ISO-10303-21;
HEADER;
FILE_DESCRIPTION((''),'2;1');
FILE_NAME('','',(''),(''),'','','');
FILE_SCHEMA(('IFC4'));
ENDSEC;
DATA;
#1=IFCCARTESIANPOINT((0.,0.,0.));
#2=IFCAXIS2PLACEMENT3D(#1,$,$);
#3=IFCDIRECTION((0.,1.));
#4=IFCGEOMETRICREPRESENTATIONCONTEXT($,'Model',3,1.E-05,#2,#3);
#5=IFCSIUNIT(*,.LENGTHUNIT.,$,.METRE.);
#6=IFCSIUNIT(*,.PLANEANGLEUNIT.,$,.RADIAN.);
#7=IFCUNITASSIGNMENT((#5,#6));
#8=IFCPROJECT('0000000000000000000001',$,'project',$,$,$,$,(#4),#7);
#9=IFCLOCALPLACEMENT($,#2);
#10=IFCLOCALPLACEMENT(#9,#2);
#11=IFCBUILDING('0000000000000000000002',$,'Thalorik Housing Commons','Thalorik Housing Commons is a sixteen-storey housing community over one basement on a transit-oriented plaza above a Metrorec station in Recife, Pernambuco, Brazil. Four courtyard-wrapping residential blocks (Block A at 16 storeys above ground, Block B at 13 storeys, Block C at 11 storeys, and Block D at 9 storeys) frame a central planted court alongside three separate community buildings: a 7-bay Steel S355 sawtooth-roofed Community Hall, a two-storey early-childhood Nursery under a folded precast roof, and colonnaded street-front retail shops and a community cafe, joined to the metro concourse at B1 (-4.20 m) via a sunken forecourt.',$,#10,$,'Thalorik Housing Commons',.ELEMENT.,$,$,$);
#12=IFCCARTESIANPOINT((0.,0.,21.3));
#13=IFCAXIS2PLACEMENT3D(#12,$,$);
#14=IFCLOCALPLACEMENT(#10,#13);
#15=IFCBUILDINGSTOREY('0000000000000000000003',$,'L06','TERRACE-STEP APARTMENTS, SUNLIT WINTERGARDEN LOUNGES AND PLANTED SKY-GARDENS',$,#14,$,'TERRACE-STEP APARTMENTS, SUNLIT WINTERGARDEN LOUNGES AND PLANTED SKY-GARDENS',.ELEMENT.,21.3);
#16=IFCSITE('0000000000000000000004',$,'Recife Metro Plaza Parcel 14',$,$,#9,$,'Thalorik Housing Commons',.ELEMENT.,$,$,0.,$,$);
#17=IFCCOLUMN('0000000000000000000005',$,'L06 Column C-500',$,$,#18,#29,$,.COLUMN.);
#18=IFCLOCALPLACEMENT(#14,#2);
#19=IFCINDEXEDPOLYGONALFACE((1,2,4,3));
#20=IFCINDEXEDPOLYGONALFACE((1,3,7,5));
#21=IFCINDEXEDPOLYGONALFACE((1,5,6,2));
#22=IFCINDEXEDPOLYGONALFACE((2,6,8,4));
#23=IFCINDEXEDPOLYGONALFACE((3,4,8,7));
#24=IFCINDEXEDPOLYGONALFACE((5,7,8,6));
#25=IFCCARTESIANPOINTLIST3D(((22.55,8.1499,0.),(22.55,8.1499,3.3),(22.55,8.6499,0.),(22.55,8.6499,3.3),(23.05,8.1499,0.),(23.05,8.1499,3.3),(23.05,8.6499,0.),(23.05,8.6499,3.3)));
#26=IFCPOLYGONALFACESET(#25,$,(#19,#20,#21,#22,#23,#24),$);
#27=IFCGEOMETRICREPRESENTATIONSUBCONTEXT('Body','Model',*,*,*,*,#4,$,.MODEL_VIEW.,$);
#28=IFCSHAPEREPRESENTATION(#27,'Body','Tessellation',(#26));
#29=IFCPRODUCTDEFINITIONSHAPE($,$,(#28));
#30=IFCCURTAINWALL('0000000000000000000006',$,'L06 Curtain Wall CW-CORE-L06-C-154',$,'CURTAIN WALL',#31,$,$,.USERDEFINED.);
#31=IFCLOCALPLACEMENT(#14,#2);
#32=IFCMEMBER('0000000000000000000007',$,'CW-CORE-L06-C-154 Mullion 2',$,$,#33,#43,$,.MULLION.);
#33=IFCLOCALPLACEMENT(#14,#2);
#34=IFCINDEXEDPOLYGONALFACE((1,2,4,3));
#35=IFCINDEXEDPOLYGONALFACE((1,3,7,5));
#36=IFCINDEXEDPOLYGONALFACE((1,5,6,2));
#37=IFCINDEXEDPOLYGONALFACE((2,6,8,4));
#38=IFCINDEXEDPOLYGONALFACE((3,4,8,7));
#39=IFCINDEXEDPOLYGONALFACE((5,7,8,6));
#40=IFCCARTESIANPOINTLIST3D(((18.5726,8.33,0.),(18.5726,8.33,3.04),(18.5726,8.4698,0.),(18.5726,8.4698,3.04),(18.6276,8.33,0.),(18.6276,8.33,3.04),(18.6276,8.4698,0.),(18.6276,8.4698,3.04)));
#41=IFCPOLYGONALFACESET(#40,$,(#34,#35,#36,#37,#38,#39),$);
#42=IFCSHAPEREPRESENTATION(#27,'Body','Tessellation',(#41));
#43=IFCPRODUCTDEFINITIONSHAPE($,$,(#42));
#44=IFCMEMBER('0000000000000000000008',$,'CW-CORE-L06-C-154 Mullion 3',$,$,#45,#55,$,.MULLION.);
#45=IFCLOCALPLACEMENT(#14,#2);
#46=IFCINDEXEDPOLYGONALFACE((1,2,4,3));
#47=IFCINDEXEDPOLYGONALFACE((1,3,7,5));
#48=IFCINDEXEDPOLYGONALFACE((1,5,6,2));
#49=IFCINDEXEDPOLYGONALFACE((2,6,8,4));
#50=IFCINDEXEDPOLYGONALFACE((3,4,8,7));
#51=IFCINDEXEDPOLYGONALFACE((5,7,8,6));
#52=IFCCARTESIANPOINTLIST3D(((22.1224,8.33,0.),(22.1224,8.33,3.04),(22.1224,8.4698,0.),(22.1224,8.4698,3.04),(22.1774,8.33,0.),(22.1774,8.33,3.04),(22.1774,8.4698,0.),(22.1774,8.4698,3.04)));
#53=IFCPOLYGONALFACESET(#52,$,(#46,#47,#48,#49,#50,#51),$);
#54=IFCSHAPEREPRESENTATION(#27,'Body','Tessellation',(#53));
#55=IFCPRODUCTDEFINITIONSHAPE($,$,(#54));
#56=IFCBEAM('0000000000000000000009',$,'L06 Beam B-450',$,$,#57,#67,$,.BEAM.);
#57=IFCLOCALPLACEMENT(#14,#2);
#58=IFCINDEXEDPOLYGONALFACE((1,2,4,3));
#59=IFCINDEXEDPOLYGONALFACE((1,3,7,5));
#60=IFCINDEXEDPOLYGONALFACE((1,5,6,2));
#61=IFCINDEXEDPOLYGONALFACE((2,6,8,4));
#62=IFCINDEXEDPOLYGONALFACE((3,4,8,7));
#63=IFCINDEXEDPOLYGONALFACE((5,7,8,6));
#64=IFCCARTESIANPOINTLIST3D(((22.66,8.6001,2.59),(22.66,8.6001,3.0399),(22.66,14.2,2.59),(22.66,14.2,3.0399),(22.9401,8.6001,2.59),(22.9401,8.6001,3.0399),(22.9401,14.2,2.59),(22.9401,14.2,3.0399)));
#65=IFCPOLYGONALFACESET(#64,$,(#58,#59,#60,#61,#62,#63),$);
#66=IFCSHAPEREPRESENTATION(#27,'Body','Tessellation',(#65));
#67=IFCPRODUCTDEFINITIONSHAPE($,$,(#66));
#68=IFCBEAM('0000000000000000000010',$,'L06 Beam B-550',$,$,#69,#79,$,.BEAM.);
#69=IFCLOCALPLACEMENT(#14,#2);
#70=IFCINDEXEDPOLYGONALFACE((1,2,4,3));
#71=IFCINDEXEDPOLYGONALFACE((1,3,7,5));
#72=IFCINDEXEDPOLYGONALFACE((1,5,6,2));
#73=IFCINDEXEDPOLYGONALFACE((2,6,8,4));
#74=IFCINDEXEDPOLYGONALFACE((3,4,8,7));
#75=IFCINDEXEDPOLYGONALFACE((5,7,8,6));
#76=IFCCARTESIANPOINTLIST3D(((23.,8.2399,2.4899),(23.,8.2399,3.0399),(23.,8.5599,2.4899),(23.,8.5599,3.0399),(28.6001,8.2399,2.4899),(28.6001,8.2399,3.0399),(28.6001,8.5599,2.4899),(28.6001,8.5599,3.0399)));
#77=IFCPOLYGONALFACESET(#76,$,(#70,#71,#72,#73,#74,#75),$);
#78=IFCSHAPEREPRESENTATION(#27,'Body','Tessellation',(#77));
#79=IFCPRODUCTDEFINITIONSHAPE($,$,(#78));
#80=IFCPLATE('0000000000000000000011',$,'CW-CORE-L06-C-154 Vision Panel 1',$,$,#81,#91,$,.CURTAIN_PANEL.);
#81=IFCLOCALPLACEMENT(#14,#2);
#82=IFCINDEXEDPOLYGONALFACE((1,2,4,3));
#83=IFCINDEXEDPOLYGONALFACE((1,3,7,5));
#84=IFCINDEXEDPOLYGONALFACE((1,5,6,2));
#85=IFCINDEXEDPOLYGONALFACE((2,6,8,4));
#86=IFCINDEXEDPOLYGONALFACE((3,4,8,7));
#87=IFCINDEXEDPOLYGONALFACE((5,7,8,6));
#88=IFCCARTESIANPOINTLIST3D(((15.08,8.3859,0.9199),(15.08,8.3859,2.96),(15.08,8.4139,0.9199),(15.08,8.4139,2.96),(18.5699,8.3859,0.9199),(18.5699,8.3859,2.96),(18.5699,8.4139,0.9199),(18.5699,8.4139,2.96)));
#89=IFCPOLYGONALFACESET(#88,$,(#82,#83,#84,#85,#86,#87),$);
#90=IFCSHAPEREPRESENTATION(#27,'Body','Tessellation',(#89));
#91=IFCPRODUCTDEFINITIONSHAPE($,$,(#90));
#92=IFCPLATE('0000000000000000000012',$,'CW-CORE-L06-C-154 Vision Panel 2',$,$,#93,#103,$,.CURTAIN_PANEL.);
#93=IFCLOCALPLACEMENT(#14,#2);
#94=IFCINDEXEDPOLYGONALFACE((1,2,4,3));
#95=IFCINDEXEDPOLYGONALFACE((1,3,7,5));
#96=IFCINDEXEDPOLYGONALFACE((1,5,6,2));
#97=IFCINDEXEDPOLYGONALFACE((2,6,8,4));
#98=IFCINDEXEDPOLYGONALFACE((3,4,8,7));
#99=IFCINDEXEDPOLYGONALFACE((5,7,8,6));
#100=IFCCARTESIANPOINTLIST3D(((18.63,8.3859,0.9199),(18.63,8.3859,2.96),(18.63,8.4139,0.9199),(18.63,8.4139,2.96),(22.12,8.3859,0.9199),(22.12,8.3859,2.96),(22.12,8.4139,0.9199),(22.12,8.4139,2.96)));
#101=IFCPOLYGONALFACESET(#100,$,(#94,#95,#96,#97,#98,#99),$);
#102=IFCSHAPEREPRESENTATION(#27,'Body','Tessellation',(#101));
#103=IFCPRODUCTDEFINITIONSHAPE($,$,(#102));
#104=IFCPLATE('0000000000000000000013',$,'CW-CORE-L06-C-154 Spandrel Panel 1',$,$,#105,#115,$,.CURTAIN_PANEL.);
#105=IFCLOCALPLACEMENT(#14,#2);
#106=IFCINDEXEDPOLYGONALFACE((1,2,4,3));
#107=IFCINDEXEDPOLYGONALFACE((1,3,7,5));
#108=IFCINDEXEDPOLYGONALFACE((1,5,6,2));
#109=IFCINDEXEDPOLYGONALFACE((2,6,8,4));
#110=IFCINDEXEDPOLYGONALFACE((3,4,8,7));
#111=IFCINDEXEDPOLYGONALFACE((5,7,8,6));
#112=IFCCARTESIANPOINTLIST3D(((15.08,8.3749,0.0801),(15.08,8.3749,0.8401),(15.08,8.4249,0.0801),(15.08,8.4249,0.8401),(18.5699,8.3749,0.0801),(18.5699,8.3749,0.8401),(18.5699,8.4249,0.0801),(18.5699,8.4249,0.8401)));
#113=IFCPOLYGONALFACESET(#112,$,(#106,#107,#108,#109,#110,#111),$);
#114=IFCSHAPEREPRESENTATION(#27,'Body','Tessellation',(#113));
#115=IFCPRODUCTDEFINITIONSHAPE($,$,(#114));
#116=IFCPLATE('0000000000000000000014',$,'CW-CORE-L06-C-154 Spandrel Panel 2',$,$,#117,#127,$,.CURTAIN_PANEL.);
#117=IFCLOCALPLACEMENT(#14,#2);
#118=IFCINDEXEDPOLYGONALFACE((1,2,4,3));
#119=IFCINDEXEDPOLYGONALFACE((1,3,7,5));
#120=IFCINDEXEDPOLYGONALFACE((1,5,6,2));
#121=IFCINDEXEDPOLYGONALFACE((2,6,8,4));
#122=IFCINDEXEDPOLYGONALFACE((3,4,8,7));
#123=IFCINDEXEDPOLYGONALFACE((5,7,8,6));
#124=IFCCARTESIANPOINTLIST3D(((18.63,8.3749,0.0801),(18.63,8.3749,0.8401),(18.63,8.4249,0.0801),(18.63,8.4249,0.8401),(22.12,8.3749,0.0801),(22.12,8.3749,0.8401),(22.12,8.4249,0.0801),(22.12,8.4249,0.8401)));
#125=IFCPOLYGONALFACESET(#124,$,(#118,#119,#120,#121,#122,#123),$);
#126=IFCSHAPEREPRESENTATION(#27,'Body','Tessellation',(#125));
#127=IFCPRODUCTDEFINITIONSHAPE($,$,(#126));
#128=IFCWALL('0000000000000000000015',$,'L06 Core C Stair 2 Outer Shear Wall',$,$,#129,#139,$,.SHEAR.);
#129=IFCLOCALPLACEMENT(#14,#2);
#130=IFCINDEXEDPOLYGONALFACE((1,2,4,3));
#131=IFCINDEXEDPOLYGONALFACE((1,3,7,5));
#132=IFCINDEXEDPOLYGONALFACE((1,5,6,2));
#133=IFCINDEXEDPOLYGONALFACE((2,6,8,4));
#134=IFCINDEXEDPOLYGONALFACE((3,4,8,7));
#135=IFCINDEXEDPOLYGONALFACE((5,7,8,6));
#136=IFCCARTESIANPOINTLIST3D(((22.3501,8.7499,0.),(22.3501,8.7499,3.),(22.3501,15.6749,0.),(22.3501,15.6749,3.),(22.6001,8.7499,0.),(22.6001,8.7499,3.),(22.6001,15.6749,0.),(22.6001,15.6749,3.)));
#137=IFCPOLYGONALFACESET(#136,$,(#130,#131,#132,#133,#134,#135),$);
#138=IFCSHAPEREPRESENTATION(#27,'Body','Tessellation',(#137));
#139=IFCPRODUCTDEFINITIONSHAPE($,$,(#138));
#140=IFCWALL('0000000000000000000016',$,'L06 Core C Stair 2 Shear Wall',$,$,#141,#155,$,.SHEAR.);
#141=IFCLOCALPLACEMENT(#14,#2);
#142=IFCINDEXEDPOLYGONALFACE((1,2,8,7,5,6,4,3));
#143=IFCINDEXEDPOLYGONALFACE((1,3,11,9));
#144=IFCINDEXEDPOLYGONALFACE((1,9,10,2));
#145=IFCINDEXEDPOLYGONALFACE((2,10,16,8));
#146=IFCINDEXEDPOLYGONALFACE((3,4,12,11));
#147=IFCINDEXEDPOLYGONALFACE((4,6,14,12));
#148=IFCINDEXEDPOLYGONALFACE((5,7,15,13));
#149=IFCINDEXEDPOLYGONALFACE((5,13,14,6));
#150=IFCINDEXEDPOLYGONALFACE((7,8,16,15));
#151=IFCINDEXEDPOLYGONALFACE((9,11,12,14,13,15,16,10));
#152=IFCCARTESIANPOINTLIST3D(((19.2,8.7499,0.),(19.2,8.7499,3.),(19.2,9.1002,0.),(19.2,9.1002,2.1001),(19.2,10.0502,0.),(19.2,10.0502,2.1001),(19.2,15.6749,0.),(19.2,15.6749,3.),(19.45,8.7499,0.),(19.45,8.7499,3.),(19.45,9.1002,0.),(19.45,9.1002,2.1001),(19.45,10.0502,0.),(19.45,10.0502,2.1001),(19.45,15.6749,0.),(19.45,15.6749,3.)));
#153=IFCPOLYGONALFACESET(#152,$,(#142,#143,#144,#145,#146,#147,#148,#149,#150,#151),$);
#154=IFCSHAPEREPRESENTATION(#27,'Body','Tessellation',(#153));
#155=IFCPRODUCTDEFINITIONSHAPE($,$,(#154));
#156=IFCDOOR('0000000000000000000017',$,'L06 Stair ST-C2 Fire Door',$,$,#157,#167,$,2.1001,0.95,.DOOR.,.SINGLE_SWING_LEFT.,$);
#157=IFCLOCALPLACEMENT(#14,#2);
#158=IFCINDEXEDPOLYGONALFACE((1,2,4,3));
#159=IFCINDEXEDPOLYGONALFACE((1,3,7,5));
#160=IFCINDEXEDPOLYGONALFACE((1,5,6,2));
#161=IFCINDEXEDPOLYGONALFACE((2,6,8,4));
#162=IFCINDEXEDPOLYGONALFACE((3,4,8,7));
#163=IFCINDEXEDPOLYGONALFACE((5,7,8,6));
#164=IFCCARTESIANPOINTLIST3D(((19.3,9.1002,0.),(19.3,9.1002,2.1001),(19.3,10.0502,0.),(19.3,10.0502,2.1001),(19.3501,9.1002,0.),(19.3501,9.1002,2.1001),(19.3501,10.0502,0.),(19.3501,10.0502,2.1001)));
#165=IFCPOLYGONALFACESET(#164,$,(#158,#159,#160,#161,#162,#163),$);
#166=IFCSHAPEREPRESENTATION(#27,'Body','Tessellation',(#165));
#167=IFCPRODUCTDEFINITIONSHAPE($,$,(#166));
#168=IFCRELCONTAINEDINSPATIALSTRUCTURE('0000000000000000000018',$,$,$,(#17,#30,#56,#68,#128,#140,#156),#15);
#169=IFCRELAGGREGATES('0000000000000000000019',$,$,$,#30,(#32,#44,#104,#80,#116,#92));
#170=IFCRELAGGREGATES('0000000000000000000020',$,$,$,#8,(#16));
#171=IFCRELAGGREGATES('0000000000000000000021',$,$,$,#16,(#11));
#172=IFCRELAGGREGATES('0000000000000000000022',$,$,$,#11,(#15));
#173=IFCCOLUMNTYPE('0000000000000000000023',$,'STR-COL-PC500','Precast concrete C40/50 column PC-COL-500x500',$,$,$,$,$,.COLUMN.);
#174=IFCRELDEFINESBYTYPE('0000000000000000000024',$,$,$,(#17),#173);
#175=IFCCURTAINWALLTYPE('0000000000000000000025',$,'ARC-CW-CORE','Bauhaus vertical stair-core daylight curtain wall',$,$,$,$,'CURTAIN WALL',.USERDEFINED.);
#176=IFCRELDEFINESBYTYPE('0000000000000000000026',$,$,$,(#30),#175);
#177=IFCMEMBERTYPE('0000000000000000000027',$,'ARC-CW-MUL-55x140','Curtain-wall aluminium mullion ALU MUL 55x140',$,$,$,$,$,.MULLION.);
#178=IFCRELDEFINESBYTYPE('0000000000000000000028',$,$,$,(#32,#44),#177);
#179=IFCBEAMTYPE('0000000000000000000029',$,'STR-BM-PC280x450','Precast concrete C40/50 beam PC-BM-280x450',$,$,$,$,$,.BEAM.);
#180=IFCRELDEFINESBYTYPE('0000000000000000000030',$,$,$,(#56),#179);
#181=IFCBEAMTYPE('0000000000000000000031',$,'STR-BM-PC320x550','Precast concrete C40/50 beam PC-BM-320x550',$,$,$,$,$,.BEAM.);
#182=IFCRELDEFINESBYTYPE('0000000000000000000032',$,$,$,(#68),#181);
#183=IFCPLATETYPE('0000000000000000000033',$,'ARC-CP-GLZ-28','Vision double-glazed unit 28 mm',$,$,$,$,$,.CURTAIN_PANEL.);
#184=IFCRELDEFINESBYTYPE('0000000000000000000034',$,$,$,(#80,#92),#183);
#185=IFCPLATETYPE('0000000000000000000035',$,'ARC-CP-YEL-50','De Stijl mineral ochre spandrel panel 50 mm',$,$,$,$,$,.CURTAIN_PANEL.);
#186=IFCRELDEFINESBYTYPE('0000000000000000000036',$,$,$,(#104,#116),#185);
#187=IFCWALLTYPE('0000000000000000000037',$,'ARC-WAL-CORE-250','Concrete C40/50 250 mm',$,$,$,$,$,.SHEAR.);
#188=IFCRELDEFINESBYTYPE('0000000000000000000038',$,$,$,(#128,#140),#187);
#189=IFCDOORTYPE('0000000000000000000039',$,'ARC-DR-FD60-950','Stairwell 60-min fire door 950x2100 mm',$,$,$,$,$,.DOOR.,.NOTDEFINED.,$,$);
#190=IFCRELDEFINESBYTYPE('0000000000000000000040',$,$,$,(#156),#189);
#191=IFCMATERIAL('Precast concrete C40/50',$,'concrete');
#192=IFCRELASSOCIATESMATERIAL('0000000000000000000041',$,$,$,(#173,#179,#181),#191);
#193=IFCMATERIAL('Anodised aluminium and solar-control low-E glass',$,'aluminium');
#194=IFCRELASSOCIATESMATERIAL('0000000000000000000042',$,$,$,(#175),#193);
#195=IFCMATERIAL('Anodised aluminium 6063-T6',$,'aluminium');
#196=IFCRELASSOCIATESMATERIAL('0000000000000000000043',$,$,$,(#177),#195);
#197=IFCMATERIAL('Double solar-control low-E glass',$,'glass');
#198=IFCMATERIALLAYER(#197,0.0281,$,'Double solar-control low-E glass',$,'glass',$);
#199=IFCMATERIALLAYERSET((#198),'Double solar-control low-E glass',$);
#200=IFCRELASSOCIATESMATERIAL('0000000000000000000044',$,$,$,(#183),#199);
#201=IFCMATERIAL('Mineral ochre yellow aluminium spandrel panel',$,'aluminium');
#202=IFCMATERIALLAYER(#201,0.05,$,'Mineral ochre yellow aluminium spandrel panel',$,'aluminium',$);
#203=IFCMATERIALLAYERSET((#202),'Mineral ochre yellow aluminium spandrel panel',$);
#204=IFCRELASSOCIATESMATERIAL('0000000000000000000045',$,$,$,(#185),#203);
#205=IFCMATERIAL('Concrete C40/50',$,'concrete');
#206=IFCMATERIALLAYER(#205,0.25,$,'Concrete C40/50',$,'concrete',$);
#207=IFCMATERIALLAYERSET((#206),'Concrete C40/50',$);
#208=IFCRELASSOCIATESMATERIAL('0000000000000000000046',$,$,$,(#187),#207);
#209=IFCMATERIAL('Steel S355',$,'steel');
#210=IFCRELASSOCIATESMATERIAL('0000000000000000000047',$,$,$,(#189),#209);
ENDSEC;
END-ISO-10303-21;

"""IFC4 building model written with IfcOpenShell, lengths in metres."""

from ifc_helpers import new_model, si_unit, direction, frame, frame_2d, origin, origin_2d, place, context, subcontext, project, spatial, rectangle, extrude, material, layer, layer_set, material_profile, profile_set, type_object, element, fill, aggregate, save


model = new_model("IFC4")

# Units and contexts
model_context = context("Model", 3, precision=1e-05, world=origin(), true_north=direction((0.0, 1.0)))
body_context = subcontext(model_context, "Body", "Model", "MODEL_VIEW")
ifc_project = project(units=[si_unit("LENGTHUNIT", "METRE"), si_unit("PLANEANGLEUNIT", "RADIAN")], contexts=[model_context])

# Site, building, storey
site_placement = place(None, origin())
site = spatial("IfcSite", under=ifc_project, at=site_placement, Name="Recife Metro Plaza Parcel 14", LongName="Thalorik Housing Commons", CompositionType="ELEMENT", RefElevation=0.0)
building_placement = place(site_placement, origin())
building = spatial("IfcBuilding", under=site, at=building_placement, Name="Thalorik Housing Commons", Description="Thalorik Housing Commons is a sixteen-storey housing community over one basement on a transit-oriented plaza above a Metrorec station in Recife, Pernambuco, Brazil. Four courtyard-wrapping residential blocks (Block A at 16 storeys above ground, Block B at 13 storeys, Block C at 11 storeys, and Block D at 9 storeys) frame a central planted court alongside three separate community buildings: a 7-bay Steel S355 sawtooth-roofed Community Hall, a two-storey early-childhood Nursery under a folded precast roof, and colonnaded street-front retail shops and a community cafe, joined to the metro concourse at B1 (-4.20 m) via a sunken forecourt.", LongName="Thalorik Housing Commons", CompositionType="ELEMENT")
storey_placement = place(building_placement, frame((0.0, 0.0, 21.3)))
storey = spatial("IfcBuildingStorey", under=building, at=storey_placement, Name="L06", Description="TERRACE-STEP APARTMENTS, SUNLIT WINTERGARDEN LOUNGES AND PLANTED SKY-GARDENS", LongName="TERRACE-STEP APARTMENTS, SUNLIT WINTERGARDEN LOUNGES AND PLANTED SKY-GARDENS", CompositionType="ELEMENT", Elevation=21.3)

# Column
ifc_material_1 = material(Name="Precast concrete C40/50", Category="concrete")
ifc_material_profile_1 = material_profile(ifc_material_1, rectangle(XDim=0.5, YDim=0.5, at=origin_2d()), Name="PC 500x500", Category="concrete")
ifc_profile_set_1 = profile_set([ifc_material_profile_1], Name="Precast concrete C40/50")
column_type = type_object("IfcColumnType", Name="STR-COL-PC500", Description="Precast concrete C40/50 column PC-COL-500x500", PredefinedType="COLUMN", material=ifc_profile_set_1)
column_placement = place(storey_placement, frame((22.8, 8.3999, 0.0), z_axis=(0.0, 0.0, 1.0), x_axis=(1.0, 0.0, 0.0)))
element("IfcColumn", 1, at=column_placement, inside=storey, type_object=column_type, Name="L06 Column C-500", PredefinedType="COLUMN", context=body_context, shape_type="SweptSolid", body=[
    extrude(rectangle(XDim=0.5, YDim=0.5, at=origin_2d()), origin(), (0.0, 0.0, 1.0), 3.3),
])

# Curtain wall, members
ifc_material_2 = material(Name="Anodised aluminium and solar-control low-E glass", Category="aluminium")
curtain_wall_type = type_object("IfcCurtainWallType", Name="ARC-CW-CORE", Description="Bauhaus vertical stair-core daylight curtain wall", ElementType="CURTAIN WALL", PredefinedType="USERDEFINED", material=ifc_material_2)
curtain_wall_placement = place(storey_placement, origin())
curtain_wall = element("IfcCurtainWall", 2, at=curtain_wall_placement, inside=storey, type_object=curtain_wall_type, Name="L06 Curtain Wall CW-CORE-L06-C-154", ObjectType="CURTAIN WALL", PredefinedType="USERDEFINED")
ifc_material_3 = material(Name="Anodised aluminium 6063-T6", Category="aluminium")
ifc_material_profile_2 = material_profile(ifc_material_3, rectangle(XDim=0.0549, YDim=0.1399, at=origin_2d()), Name="ALU MUL 55x140", Category="aluminium")
ifc_profile_set_2 = profile_set([ifc_material_profile_2], Name="Anodised aluminium 6063-T6")
member_type = type_object("IfcMemberType", Name="ARC-CW-MUL-55x140", Description="Curtain-wall aluminium mullion ALU MUL 55x140", PredefinedType="MULLION", material=ifc_profile_set_2)
member_1_placement = place(storey_placement, frame((18.6001, 8.3999, 0.0), z_axis=(0.0, 0.0, 1.0), x_axis=(1.0, 0.0, 0.0)))
member_1 = element("IfcMember", 3, at=member_1_placement, type_object=member_type, Name="CW-CORE-L06-C-154 Mullion 2", PredefinedType="MULLION", context=body_context, shape_type="SweptSolid", body=[
    extrude(rectangle(XDim=0.0549, YDim=0.1399, at=origin_2d()), origin(), (0.0, 0.0, 1.0), 3.04),
])
member_2_placement = place(storey_placement, frame((22.1499, 8.3999, 0.0), z_axis=(0.0, 0.0, 1.0), x_axis=(1.0, 0.0, 0.0)))
member_2 = element("IfcMember", 4, at=member_2_placement, type_object=member_type, Name="CW-CORE-L06-C-154 Mullion 3", PredefinedType="MULLION", context=body_context, shape_type="SweptSolid", body=[
    extrude(rectangle(XDim=0.0549, YDim=0.1399, at=origin_2d()), origin(), (0.0, 0.0, 1.0), 3.04),
])

# Beams
ifc_material_profile_3 = material_profile(ifc_material_1, rectangle(XDim=0.28, YDim=0.45, at=origin_2d()), Name="PC 280x450", Category="concrete")
ifc_profile_set_3 = profile_set([ifc_material_profile_3], Name="Precast concrete C40/50")
beam_type_1 = type_object("IfcBeamType", Name="STR-BM-PC280x450", Description="Precast concrete C40/50 beam PC-BM-280x450", PredefinedType="BEAM", material=ifc_profile_set_3)
beam_1_placement = place(storey_placement, frame((22.8, 8.6001, 2.8149), z_axis=(0.0, 1.0, 0.0), x_axis=(-1.0, 0.0, 0.0)))
element("IfcBeam", 5, at=beam_1_placement, inside=storey, type_object=beam_type_1, Name="L06 Beam B-450", PredefinedType="BEAM", context=body_context, shape_type="SweptSolid", body=[
    extrude(rectangle(XDim=0.28, YDim=0.45, at=origin_2d()), origin(), (0.0, 0.0, 1.0), 5.5999),
])
ifc_material_profile_4 = material_profile(ifc_material_1, rectangle(XDim=0.3201, YDim=0.55, at=origin_2d()), Name="PC 320x550", Category="concrete")
ifc_profile_set_4 = profile_set([ifc_material_profile_4], Name="Precast concrete C40/50")
beam_type_2 = type_object("IfcBeamType", Name="STR-BM-PC320x550", Description="Precast concrete C40/50 beam PC-BM-320x550", PredefinedType="BEAM", material=ifc_profile_set_4)
beam_2_placement = place(storey_placement, frame((23.0, 8.3999, 2.7649), z_axis=(1.0, 0.0, 0.0), x_axis=(0.0, 1.0, 0.0)))
element("IfcBeam", 6, at=beam_2_placement, inside=storey, type_object=beam_type_2, Name="L06 Beam B-550", PredefinedType="BEAM", context=body_context, shape_type="SweptSolid", body=[
    extrude(rectangle(XDim=0.3201, YDim=0.55, at=origin_2d()), origin(), (0.0, 0.0, 1.0), 5.6001),
])

# Plates
ifc_material_4 = material(Name="Double solar-control low-E glass", Category="glass")
ifc_layer_1 = layer(ifc_material_4, 0.0281, Name="Double solar-control low-E glass", Category="glass")
ifc_layer_set_1 = layer_set([ifc_layer_1], Name="Double solar-control low-E glass")
plate_type_1 = type_object("IfcPlateType", Name="ARC-CP-GLZ-28", Description="Vision double-glazed unit 28 mm", PredefinedType="CURTAIN_PANEL", material=ifc_layer_set_1)
plate_1_placement = place(storey_placement, frame((16.825, 8.3999, 0.9199), z_axis=(0.0, 0.0, 1.0), x_axis=(1.0, 0.0, 0.0)))
plate_1 = element("IfcPlate", 7, at=plate_1_placement, type_object=plate_type_1, Name="CW-CORE-L06-C-154 Vision Panel 1", PredefinedType="CURTAIN_PANEL", context=body_context, shape_type="SweptSolid", body=[
    extrude(rectangle(XDim=3.49, YDim=0.0281, at=origin_2d()), origin(), (0.0, 0.0, 1.0), 2.04),
])
plate_2_placement = place(storey_placement, frame((20.375, 8.3999, 0.9199), z_axis=(0.0, 0.0, 1.0), x_axis=(1.0, 0.0, 0.0)))
plate_2 = element("IfcPlate", 8, at=plate_2_placement, type_object=plate_type_1, Name="CW-CORE-L06-C-154 Vision Panel 2", PredefinedType="CURTAIN_PANEL", context=body_context, shape_type="SweptSolid", body=[
    extrude(rectangle(XDim=3.49, YDim=0.0281, at=origin_2d()), origin(), (0.0, 0.0, 1.0), 2.04),
])
ifc_material_5 = material(Name="Mineral ochre yellow aluminium spandrel panel", Category="aluminium")
ifc_layer_2 = layer(ifc_material_5, 0.05, Name="Mineral ochre yellow aluminium spandrel panel", Category="aluminium")
ifc_layer_set_2 = layer_set([ifc_layer_2], Name="Mineral ochre yellow aluminium spandrel panel")
plate_type_2 = type_object("IfcPlateType", Name="ARC-CP-YEL-50", Description="De Stijl mineral ochre spandrel panel 50 mm", PredefinedType="CURTAIN_PANEL", material=ifc_layer_set_2)
plate_3_placement = place(storey_placement, frame((16.825, 8.3999, 0.0801), z_axis=(0.0, 0.0, 1.0), x_axis=(1.0, 0.0, 0.0)))
plate_3 = element("IfcPlate", 9, at=plate_3_placement, type_object=plate_type_2, Name="CW-CORE-L06-C-154 Spandrel Panel 1", PredefinedType="CURTAIN_PANEL", context=body_context, shape_type="SweptSolid", body=[
    extrude(rectangle(XDim=3.49, YDim=0.05, at=origin_2d()), origin(), (0.0, 0.0, 1.0), 0.76),
])
plate_4_placement = place(storey_placement, frame((20.375, 8.3999, 0.0801), z_axis=(0.0, 0.0, 1.0), x_axis=(1.0, 0.0, 0.0)))
plate_4 = element("IfcPlate", 10, at=plate_4_placement, type_object=plate_type_2, Name="CW-CORE-L06-C-154 Spandrel Panel 2", PredefinedType="CURTAIN_PANEL", context=body_context, shape_type="SweptSolid", body=[
    extrude(rectangle(XDim=3.49, YDim=0.05, at=origin_2d()), origin(), (0.0, 0.0, 1.0), 0.76),
])
aggregate(curtain_wall, [member_1, member_2, plate_3, plate_1, plate_4, plate_2])

# Wall
ifc_material_6 = material(Name="Concrete C40/50", Category="concrete")
ifc_layer_3 = layer(ifc_material_6, 0.25, Name="Concrete C40/50", Category="concrete")
ifc_layer_set_3 = layer_set([ifc_layer_3], Name="Concrete C40/50")
wall_type_1 = type_object("IfcWallType", Name="ARC-WAL-CORE-250", Description="Concrete C40/50 250 mm", PredefinedType="SHEAR", material=ifc_layer_set_3)
wall_1_placement = place(storey_placement, frame((22.4751, 8.75, 0.0), z_axis=(0.0, 0.0, 1.0), x_axis=(0.0, 1.0, 0.0)))
element("IfcWall", 11, at=wall_1_placement, inside=storey, type_object=wall_type_1, Name="L06 Core C Stair 2 Outer Shear Wall", PredefinedType="SHEAR", context=body_context, shape_type="SweptSolid", body=[
    extrude(rectangle(XDim=6.925, YDim=0.25, at=frame_2d((3.4624, 0.0))), origin(), (0.0, 0.0, 1.0), 3.0),
])

# Wall, opening, door
wall_2_placement = place(storey_placement, frame((19.325, 8.75, 0.0), z_axis=(0.0, 0.0, 1.0), x_axis=(0.0, 1.0, 0.0)))
wall_2 = element("IfcWall", 12, at=wall_2_placement, inside=storey, type_object=wall_type_1, Name="L06 Core C Stair 2 Shear Wall", PredefinedType="SHEAR", context=body_context, shape_type="SweptSolid", body=[
    extrude(rectangle(XDim=6.925, YDim=0.25, at=frame_2d((3.4624, 0.0))), origin(), (0.0, 0.0, 1.0), 3.0),
])
opening_1_placement = place(wall_2_placement, frame((0.3501, 0.0, 0.0)))
opening_1 = element("IfcOpeningElement", 13, at=opening_1_placement, cuts=wall_2, PredefinedType="OPENING", context=body_context, shape_type="SweptSolid", body=[
    extrude(rectangle(XDim=0.95, YDim=2.1001, at=frame_2d((0.4751, 1.05))), frame((0.0, 0.135, 0.0), z_axis=(0.0, -1.0, 0.0), x_axis=(1.0, 0.0, 0.0)), (0.0, 0.0, 1.0), 0.27),
])
ifc_material_7 = material(Name="Steel S355", Category="steel")
door_type_1 = type_object("IfcDoorType", Name="ARC-DR-FD60-950", Description="Stairwell 60-min fire door 950x2100 mm", OperationType="NOTDEFINED", PredefinedType="DOOR", material=ifc_material_7)
door_1_placement = place(opening_1_placement, origin())
door_1 = element("IfcDoor", 14, at=door_1_placement, inside=storey, type_object=door_type_1, Name="L06 Stair ST-C2 Fire Door", OperationType="SINGLE_SWING_LEFT", OverallHeight=2.1001, OverallWidth=0.95, PredefinedType="DOOR", context=body_context, shape_type="SweptSolid", body=[
    extrude(rectangle(XDim=0.95, YDim=2.1001, at=frame_2d((0.4751, 1.05))), frame((0.0, 0.0249, 0.0), z_axis=(0.0, -1.0, 0.0), x_axis=(1.0, 0.0, 0.0)), (0.0, 0.0, 1.0), 0.05),
])
fill(opening_1, door_1)

save(model, "model.ifc")
